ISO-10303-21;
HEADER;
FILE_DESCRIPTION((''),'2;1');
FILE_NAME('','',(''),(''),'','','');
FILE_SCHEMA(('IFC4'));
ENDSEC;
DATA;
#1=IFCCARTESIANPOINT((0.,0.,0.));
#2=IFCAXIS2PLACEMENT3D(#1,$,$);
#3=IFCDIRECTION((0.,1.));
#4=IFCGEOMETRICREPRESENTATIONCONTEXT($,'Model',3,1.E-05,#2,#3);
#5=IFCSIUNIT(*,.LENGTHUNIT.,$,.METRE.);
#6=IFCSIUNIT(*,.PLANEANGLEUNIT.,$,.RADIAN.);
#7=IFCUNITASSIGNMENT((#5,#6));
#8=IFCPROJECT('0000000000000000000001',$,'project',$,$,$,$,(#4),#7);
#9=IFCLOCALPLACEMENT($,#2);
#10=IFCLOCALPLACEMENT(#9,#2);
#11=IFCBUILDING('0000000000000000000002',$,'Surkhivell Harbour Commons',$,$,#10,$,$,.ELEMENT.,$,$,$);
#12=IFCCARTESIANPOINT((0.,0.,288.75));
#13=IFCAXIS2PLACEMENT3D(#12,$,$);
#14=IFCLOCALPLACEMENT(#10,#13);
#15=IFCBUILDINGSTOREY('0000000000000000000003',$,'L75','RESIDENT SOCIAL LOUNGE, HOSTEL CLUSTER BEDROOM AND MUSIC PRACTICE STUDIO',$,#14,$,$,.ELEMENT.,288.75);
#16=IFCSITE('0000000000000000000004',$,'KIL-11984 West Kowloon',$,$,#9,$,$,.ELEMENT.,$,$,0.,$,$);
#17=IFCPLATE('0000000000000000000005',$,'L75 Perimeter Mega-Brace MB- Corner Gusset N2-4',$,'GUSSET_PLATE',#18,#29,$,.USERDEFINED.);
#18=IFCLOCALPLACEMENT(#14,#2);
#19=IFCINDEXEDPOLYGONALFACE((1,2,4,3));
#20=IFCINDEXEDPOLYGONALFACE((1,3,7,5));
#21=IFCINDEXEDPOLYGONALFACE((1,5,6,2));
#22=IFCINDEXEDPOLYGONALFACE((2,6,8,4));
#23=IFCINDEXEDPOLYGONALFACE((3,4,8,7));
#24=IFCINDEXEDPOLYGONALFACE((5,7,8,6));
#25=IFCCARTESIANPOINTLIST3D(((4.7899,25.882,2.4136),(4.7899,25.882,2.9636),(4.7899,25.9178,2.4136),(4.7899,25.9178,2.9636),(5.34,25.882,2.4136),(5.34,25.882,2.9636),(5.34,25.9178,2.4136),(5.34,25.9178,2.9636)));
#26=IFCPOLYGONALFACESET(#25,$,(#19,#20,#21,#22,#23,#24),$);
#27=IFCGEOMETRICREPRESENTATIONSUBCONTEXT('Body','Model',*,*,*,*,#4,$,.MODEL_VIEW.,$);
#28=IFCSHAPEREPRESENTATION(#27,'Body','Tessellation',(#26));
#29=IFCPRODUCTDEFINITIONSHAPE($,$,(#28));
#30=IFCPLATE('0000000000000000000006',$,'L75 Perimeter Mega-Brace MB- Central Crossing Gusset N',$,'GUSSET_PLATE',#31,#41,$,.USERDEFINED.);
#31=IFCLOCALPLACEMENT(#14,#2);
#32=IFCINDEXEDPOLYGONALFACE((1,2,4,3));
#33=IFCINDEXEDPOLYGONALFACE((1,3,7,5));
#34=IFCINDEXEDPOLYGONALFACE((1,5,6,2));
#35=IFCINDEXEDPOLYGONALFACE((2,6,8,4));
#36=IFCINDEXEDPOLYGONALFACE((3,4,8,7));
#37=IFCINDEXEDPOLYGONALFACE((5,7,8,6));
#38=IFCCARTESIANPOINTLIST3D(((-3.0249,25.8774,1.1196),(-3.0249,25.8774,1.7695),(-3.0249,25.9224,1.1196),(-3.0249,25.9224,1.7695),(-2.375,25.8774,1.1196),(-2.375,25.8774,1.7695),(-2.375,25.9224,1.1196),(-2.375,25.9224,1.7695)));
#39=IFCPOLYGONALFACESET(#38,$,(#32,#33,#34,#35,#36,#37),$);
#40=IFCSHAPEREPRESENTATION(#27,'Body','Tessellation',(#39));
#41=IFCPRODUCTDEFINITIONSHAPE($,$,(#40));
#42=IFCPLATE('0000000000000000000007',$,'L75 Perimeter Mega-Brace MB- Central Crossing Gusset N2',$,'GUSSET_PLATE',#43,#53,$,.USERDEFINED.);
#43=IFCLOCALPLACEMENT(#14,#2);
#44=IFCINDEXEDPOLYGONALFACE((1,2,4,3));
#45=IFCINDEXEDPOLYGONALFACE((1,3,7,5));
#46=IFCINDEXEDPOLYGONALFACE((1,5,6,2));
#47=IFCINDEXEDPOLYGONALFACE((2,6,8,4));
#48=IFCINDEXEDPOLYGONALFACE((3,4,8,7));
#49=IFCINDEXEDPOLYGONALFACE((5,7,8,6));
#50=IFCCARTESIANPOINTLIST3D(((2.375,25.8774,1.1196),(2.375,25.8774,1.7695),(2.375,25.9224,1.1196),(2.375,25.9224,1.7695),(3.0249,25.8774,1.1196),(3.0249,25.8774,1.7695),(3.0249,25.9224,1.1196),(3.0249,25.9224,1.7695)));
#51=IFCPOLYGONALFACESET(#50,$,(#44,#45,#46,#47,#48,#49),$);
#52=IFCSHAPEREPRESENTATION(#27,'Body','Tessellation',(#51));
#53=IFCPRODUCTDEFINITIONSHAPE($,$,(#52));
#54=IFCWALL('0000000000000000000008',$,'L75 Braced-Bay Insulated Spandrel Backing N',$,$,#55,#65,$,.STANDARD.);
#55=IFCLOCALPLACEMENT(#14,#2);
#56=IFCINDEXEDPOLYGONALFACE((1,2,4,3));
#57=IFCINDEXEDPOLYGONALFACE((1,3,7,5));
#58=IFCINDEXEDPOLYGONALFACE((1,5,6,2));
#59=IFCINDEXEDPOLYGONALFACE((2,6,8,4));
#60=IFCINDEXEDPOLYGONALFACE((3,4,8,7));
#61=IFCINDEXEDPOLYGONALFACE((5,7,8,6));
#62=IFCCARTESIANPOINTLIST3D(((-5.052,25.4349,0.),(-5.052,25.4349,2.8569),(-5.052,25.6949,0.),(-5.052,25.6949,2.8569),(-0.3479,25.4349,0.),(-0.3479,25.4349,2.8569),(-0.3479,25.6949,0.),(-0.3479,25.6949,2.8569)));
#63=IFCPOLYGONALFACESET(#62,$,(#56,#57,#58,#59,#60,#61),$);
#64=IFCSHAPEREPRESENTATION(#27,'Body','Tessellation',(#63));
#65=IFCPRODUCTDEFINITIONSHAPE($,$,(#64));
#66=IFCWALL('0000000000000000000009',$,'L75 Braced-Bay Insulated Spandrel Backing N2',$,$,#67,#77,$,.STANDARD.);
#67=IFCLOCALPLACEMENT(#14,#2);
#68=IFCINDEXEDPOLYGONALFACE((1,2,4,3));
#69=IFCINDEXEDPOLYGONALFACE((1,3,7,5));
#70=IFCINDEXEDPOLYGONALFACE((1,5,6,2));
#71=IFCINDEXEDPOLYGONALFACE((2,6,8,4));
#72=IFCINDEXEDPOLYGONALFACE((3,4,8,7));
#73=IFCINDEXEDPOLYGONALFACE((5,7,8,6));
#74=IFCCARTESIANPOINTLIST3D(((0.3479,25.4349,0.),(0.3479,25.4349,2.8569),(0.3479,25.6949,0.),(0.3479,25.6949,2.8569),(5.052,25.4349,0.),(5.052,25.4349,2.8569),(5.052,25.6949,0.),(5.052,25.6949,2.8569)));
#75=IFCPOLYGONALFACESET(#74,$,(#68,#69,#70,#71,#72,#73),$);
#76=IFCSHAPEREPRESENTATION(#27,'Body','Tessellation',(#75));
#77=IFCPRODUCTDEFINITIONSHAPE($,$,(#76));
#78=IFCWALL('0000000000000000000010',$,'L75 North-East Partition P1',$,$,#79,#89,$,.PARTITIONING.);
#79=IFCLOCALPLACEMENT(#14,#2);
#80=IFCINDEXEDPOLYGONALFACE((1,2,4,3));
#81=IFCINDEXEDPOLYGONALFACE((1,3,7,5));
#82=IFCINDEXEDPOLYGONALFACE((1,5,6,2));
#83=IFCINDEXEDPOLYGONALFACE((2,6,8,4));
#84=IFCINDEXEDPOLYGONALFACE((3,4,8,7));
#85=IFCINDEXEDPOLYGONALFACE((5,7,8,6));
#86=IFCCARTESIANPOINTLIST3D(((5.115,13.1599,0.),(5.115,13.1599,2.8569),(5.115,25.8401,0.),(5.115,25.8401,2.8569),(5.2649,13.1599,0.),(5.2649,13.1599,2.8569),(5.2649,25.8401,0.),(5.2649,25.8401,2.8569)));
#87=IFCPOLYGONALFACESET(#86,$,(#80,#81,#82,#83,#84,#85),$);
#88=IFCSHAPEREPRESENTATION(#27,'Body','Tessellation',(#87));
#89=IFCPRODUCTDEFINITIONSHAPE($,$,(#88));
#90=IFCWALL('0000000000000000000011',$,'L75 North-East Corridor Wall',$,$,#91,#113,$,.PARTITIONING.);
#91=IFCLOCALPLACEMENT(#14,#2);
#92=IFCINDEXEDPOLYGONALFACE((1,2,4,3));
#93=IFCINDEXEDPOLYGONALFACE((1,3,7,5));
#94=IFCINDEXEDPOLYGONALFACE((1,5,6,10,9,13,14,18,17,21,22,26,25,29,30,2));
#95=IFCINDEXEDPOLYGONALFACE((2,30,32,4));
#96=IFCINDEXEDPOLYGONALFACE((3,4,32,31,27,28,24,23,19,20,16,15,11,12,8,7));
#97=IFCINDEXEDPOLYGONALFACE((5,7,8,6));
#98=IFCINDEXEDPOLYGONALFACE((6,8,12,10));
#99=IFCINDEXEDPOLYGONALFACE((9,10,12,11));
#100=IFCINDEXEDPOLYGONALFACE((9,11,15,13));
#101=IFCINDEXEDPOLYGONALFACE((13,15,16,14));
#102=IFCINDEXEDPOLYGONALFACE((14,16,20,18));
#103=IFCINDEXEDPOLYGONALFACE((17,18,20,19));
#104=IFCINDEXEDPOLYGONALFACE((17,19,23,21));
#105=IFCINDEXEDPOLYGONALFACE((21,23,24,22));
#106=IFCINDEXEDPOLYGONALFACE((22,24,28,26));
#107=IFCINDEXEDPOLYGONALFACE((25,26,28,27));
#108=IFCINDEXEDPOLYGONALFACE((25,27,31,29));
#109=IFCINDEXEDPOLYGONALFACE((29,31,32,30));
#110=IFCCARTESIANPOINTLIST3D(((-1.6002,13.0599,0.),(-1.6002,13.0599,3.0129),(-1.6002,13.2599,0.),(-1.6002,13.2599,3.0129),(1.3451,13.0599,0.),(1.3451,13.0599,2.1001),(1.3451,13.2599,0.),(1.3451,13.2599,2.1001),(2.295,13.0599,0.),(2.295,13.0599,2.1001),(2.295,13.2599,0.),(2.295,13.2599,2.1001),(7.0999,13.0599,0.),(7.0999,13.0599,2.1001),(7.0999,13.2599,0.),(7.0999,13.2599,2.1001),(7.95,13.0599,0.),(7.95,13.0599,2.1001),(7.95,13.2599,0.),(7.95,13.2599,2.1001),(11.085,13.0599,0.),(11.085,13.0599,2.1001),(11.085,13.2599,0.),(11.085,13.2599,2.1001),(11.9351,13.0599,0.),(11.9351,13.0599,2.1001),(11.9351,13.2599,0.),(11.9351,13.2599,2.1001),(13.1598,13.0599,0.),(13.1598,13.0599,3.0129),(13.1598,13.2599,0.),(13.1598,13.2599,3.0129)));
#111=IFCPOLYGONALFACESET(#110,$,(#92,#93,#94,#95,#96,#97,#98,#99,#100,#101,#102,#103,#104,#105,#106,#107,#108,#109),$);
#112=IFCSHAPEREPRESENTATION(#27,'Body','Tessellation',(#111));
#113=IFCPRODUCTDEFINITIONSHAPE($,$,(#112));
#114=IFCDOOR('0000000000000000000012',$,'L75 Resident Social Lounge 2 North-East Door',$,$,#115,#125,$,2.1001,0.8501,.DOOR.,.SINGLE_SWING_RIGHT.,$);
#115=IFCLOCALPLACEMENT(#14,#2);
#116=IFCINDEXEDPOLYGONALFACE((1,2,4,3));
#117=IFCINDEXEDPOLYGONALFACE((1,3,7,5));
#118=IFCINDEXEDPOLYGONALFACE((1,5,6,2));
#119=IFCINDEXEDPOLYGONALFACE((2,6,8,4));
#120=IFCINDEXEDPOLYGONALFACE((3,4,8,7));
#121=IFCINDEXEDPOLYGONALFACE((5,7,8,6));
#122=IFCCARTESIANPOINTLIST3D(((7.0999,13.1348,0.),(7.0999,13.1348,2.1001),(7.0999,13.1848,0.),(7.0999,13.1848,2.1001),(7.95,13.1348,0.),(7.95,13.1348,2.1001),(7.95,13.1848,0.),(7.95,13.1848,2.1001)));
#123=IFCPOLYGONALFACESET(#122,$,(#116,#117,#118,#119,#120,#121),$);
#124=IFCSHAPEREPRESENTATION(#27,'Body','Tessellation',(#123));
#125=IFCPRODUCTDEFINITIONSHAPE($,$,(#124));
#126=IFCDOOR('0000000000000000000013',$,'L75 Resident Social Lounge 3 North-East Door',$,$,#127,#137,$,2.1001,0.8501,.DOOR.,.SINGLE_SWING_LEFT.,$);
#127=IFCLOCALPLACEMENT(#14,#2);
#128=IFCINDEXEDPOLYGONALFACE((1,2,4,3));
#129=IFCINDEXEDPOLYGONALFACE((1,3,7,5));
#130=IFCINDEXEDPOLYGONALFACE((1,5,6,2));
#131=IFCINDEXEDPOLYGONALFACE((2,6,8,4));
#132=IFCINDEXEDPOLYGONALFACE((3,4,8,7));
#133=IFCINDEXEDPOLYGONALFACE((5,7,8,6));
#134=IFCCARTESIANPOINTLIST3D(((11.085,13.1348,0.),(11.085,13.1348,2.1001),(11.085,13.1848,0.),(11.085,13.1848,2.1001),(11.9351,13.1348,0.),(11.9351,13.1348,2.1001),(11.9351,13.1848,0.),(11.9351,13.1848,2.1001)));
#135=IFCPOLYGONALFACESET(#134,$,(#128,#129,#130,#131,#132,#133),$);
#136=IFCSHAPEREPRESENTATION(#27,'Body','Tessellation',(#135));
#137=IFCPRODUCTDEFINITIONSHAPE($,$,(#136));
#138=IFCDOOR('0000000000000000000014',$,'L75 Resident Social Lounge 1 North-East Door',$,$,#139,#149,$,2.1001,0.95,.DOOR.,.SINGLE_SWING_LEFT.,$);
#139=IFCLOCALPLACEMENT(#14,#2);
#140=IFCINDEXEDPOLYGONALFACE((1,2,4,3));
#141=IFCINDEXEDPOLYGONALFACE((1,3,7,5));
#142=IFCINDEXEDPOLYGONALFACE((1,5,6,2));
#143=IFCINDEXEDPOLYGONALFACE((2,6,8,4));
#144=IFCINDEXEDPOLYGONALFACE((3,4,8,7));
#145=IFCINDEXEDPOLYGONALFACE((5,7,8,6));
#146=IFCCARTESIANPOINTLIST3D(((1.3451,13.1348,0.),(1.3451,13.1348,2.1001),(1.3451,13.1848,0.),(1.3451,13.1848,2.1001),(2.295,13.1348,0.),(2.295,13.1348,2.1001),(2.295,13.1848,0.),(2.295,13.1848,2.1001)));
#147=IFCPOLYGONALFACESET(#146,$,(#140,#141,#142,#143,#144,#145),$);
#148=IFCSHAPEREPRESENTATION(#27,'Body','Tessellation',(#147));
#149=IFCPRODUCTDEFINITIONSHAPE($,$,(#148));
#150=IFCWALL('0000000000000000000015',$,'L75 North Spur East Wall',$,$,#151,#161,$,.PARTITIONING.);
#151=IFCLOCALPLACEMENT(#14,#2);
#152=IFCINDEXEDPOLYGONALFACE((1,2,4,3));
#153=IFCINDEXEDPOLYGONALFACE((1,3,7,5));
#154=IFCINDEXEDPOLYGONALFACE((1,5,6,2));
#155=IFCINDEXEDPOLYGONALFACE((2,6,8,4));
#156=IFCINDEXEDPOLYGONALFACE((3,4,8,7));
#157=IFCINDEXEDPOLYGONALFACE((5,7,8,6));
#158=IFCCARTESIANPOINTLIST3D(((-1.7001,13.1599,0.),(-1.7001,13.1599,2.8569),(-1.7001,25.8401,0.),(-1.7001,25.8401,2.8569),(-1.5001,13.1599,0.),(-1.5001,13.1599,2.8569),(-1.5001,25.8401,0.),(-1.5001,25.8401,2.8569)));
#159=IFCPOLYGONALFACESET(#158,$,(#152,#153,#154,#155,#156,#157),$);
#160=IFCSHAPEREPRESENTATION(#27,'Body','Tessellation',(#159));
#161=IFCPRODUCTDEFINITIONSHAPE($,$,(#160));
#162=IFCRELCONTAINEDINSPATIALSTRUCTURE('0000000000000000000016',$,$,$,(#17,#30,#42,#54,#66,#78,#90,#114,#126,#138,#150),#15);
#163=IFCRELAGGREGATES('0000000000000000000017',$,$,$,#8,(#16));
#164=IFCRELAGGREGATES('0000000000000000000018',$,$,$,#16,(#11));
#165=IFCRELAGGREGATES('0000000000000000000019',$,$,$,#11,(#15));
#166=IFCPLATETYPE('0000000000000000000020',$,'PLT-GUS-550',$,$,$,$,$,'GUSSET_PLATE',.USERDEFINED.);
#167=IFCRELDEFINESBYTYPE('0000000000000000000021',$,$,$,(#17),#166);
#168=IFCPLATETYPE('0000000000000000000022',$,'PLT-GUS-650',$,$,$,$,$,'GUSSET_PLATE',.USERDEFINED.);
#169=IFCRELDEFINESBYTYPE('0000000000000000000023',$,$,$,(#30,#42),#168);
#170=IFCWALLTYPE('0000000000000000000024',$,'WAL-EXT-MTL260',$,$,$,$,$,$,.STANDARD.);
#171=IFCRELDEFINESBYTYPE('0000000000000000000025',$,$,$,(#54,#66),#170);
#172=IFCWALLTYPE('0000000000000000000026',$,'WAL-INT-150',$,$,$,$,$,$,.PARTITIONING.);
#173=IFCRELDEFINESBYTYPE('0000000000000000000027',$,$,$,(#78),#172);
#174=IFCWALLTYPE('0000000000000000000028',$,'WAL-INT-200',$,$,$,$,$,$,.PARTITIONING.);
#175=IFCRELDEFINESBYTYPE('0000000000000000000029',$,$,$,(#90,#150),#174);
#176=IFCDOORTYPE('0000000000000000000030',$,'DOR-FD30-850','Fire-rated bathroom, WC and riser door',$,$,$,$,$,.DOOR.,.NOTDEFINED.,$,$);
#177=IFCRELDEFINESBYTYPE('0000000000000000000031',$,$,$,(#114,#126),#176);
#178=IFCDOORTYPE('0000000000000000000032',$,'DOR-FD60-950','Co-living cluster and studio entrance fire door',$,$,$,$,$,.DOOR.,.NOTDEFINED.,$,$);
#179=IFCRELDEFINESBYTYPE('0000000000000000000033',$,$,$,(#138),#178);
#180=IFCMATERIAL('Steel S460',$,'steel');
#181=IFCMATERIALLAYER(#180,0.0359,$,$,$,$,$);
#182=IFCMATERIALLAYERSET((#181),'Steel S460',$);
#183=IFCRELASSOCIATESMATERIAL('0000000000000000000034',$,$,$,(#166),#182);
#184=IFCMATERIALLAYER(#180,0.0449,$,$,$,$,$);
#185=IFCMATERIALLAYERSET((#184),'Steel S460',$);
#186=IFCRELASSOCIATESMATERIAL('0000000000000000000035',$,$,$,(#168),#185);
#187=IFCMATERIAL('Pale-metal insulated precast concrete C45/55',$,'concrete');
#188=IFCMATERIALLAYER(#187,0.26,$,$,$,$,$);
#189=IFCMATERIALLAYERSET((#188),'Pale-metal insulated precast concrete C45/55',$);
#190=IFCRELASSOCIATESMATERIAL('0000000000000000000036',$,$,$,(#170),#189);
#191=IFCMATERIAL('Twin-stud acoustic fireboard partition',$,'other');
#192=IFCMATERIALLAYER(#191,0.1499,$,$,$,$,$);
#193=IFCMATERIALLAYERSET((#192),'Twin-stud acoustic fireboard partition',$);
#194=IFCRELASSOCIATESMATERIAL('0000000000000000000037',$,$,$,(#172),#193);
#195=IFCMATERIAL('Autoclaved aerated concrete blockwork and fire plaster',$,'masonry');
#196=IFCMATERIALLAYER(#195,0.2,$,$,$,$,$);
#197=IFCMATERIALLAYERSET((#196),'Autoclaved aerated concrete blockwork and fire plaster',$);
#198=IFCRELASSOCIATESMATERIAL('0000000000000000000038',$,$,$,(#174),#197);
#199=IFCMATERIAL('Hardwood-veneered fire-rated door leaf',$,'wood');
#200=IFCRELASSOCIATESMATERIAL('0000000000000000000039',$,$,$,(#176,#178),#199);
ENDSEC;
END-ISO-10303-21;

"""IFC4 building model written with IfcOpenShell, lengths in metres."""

from ifc_helpers import new_model, si_unit, direction, frame, frame_2d, origin, origin_2d, place, context, subcontext, project, spatial, rectangle, extrude, material, layer, layer_set, type_object, element, fill, save


model = new_model("IFC4")

# Units and contexts
model_context = context("Model", 3, precision=1e-05, world=origin(), true_north=direction((0.0, 1.0)))
body_context = subcontext(model_context, "Body", "Model", "MODEL_VIEW")
ifc_project = project(units=[si_unit("LENGTHUNIT", "METRE"), si_unit("PLANEANGLEUNIT", "RADIAN")], contexts=[model_context])

# Site, building, storey
site_placement = place(None, origin())
site = spatial("IfcSite", under=ifc_project, at=site_placement, Name="KIL-11984 West Kowloon", CompositionType="ELEMENT", RefElevation=0.0)
building_placement = place(site_placement, origin())
building = spatial("IfcBuilding", under=site, at=building_placement, Name="Surkhivell Harbour Commons", CompositionType="ELEMENT")
storey_placement = place(building_placement, frame((0.0, 0.0, 288.75)))
storey = spatial("IfcBuildingStorey", under=building, at=storey_placement, Name="L75", Description="RESIDENT SOCIAL LOUNGE, HOSTEL CLUSTER BEDROOM AND MUSIC PRACTICE STUDIO", CompositionType="ELEMENT", Elevation=288.75)

# Shared definitions
ifc_material_1 = material(Name="Steel S460", Category="steel")

# Plates
ifc_layer_1 = layer(ifc_material_1, 0.0359)
ifc_layer_set_1 = layer_set([ifc_layer_1], Name="Steel S460")
plate_type_1 = type_object("IfcPlateType", Name="PLT-GUS-550", ElementType="GUSSET_PLATE", PredefinedType="USERDEFINED", material=ifc_layer_set_1)
for number, where, z_axis, x_axis, name in (
    (1, (5.0649, 25.8999, 2.4136), (0.0, 0.0, 1.0), (1.0, 0.0, 0.0), "L75 Perimeter Mega-Brace MB- Corner Gusset N2-4"),
):
    element("IfcPlate", number, at=place(storey_placement, frame(where, z_axis=z_axis, x_axis=x_axis)), inside=storey, type_object=plate_type_1, Name=name, ObjectType="GUSSET_PLATE", PredefinedType="USERDEFINED", context=body_context, shape_type="SweptSolid", body=[
        extrude(rectangle(XDim=0.55, YDim=0.0359, at=origin_2d()), origin(), (0.0, 0.0, 1.0), 0.55),
    ])
ifc_layer_2 = layer(ifc_material_1, 0.0449)
ifc_layer_set_2 = layer_set([ifc_layer_2], Name="Steel S460")
plate_type_2 = type_object("IfcPlateType", Name="PLT-GUS-650", ElementType="GUSSET_PLATE", PredefinedType="USERDEFINED", material=ifc_layer_set_2)
for number, where, z_axis, x_axis, name in (
    (2, (-2.7, 25.8999, 1.1196), (0.0, 0.0, 1.0), (1.0, 0.0, 0.0), "L75 Perimeter Mega-Brace MB- Central Crossing Gusset N"),
    (3, (2.7, 25.8999, 1.1196), (0.0, 0.0, 1.0), (1.0, 0.0, 0.0), "L75 Perimeter Mega-Brace MB- Central Crossing Gusset N2"),
):
    element("IfcPlate", number, at=place(storey_placement, frame(where, z_axis=z_axis, x_axis=x_axis)), inside=storey, type_object=plate_type_2, Name=name, ObjectType="GUSSET_PLATE", PredefinedType="USERDEFINED", context=body_context, shape_type="SweptSolid", body=[
        extrude(rectangle(XDim=0.6499, YDim=0.0449, at=origin_2d()), origin(), (0.0, 0.0, 1.0), 0.6499),
    ])

# Walls
ifc_material_2 = material(Name="Pale-metal insulated precast concrete C45/55", Category="concrete")
ifc_layer_3 = layer(ifc_material_2, 0.26)
ifc_layer_set_3 = layer_set([ifc_layer_3], Name="Pale-metal insulated precast concrete C45/55")
wall_type_1 = type_object("IfcWallType", Name="WAL-EXT-MTL260", PredefinedType="STANDARD", material=ifc_layer_set_3)
for number, where, z_axis, x_axis, name in (
    (4, (-0.3479, 25.5649, 0.0), (0.0, 0.0, 1.0), (-1.0, 0.0, 0.0), "L75 Braced-Bay Insulated Spandrel Backing N"),
    (5, (5.052, 25.5649, 0.0), (0.0, 0.0, 1.0), (-1.0, 0.0, 0.0), "L75 Braced-Bay Insulated Spandrel Backing N2"),
):
    element("IfcWall", number, at=place(storey_placement, frame(where, z_axis=z_axis, x_axis=x_axis)), inside=storey, type_object=wall_type_1, Name=name, PredefinedType="STANDARD", context=body_context, shape_type="SweptSolid", body=[
        extrude(rectangle(XDim=4.7041, YDim=0.26, at=frame_2d((2.3521, 0.0))), origin(), (0.0, 0.0, 1.0), 2.8569),
    ])
ifc_material_3 = material(Name="Twin-stud acoustic fireboard partition", Category="other")
ifc_layer_4 = layer(ifc_material_3, 0.1499)
ifc_layer_set_4 = layer_set([ifc_layer_4], Name="Twin-stud acoustic fireboard partition")
wall_type_2 = type_object("IfcWallType", Name="WAL-INT-150", PredefinedType="PARTITIONING", material=ifc_layer_set_4)
wall_1_placement = place(storey_placement, frame((5.1899, 13.1599, 0.0), z_axis=(0.0, 0.0, 1.0), x_axis=(0.0, 1.0, 0.0)))
element("IfcWall", 6, at=wall_1_placement, inside=storey, type_object=wall_type_2, Name="L75 North-East Partition P1", PredefinedType="PARTITIONING", context=body_context, shape_type="SweptSolid", body=[
    extrude(rectangle(XDim=12.6802, YDim=0.1499, at=frame_2d((6.3401, 0.0))), origin(), (0.0, 0.0, 1.0), 2.8569),
])

# Wall, openings, doors
ifc_material_4 = material(Name="Autoclaved aerated concrete blockwork and fire plaster", Category="masonry")
ifc_layer_5 = layer(ifc_material_4, 0.2)
ifc_layer_set_5 = layer_set([ifc_layer_5], Name="Autoclaved aerated concrete blockwork and fire plaster")
wall_type_3 = type_object("IfcWallType", Name="WAL-INT-200", PredefinedType="PARTITIONING", material=ifc_layer_set_5)
wall_2_placement = place(storey_placement, frame((-1.6001, 13.1599, 0.0), z_axis=(0.0, 0.0, 1.0), x_axis=(1.0, 0.0, 0.0)))
wall_2 = element("IfcWall", 7, at=wall_2_placement, inside=storey, type_object=wall_type_3, Name="L75 North-East Corridor Wall", PredefinedType="PARTITIONING", context=body_context, shape_type="SweptSolid", body=[
    extrude(rectangle(XDim=14.76, YDim=0.2, at=frame_2d((7.3799, 0.0))), origin(), (0.0, 0.0, 1.0), 3.0129),
])
opening_1_placement = place(wall_2_placement, frame((2.9451, 0.0, 0.0)))
opening_1 = element("IfcOpeningElement", 8, at=opening_1_placement, cuts=wall_2, PredefinedType="OPENING", context=body_context, shape_type="SweptSolid", body=[
    extrude(rectangle(XDim=0.95, YDim=2.1001, at=frame_2d((0.4751, 1.05))), frame((0.0, 0.1099, 0.0), z_axis=(0.0, -1.0, 0.0), x_axis=(1.0, 0.0, 0.0)), (0.0, 0.0, 1.0), 0.22),
])
opening_2_placement = place(wall_2_placement, frame((8.7, 0.0, 0.0)))
opening_2 = element("IfcOpeningElement", 9, at=opening_2_placement, cuts=wall_2, PredefinedType="OPENING", context=body_context, shape_type="SweptSolid", body=[
    extrude(rectangle(XDim=0.8501, YDim=2.1001, at=frame_2d((0.425, 1.05))), frame((0.0, 0.1099, 0.0), z_axis=(0.0, -1.0, 0.0), x_axis=(1.0, 0.0, 0.0)), (0.0, 0.0, 1.0), 0.22),
])
opening_3_placement = place(wall_2_placement, frame((12.6851, 0.0, 0.0)))
opening_3 = element("IfcOpeningElement", 10, at=opening_3_placement, cuts=wall_2, PredefinedType="OPENING", context=body_context, shape_type="SweptSolid", body=[
    extrude(rectangle(XDim=0.8501, YDim=2.1001, at=frame_2d((0.425, 1.05))), frame((0.0, 0.1099, 0.0), z_axis=(0.0, -1.0, 0.0), x_axis=(1.0, 0.0, 0.0)), (0.0, 0.0, 1.0), 0.22),
])
ifc_material_5 = material(Name="Hardwood-veneered fire-rated door leaf", Category="wood")
door_type_1 = type_object("IfcDoorType", Name="DOR-FD30-850", Description="Fire-rated bathroom, WC and riser door", OperationType="NOTDEFINED", PredefinedType="DOOR", material=ifc_material_5)
door_1_placement = place(opening_2_placement, origin())
door_1 = element("IfcDoor", 11, at=door_1_placement, inside=storey, type_object=door_type_1, Name="L75 Resident Social Lounge 2 North-East Door", OperationType="SINGLE_SWING_RIGHT", OverallHeight=2.1001, OverallWidth=0.8501, PredefinedType="DOOR", context=body_context, shape_type="SweptSolid", body=[
    extrude(rectangle(XDim=0.8501, YDim=2.1001, at=frame_2d((0.425, 1.05))), frame((0.0, 0.0249, 0.0), z_axis=(0.0, -1.0, 0.0), x_axis=(1.0, 0.0, 0.0)), (0.0, 0.0, 1.0), 0.05),
])
fill(opening_2, door_1)
door_2_placement = place(opening_3_placement, origin())
door_2 = element("IfcDoor", 12, at=door_2_placement, inside=storey, type_object=door_type_1, Name="L75 Resident Social Lounge 3 North-East Door", OperationType="SINGLE_SWING_LEFT", OverallHeight=2.1001, OverallWidth=0.8501, PredefinedType="DOOR", context=body_context, shape_type="SweptSolid", body=[
    extrude(rectangle(XDim=0.8501, YDim=2.1001, at=frame_2d((0.425, 1.05))), frame((0.0, 0.0249, 0.0), z_axis=(0.0, -1.0, 0.0), x_axis=(1.0, 0.0, 0.0)), (0.0, 0.0, 1.0), 0.05),
])
fill(opening_3, door_2)
door_type_2 = type_object("IfcDoorType", Name="DOR-FD60-950", Description="Co-living cluster and studio entrance fire door", OperationType="NOTDEFINED", PredefinedType="DOOR", material=ifc_material_5)
door_3_placement = place(opening_1_placement, origin())
door_3 = element("IfcDoor", 13, at=door_3_placement, inside=storey, type_object=door_type_2, Name="L75 Resident Social Lounge 1 North-East Door", OperationType="SINGLE_SWING_LEFT", OverallHeight=2.1001, OverallWidth=0.95, PredefinedType="DOOR", context=body_context, shape_type="SweptSolid", body=[
    extrude(rectangle(XDim=0.95, YDim=2.1001, at=frame_2d((0.4751, 1.05))), frame((0.0, 0.0249, 0.0), z_axis=(0.0, -1.0, 0.0), x_axis=(1.0, 0.0, 0.0)), (0.0, 0.0, 1.0), 0.05),
])
fill(opening_1, door_3)

# Wall
wall_3_placement = place(storey_placement, frame((-1.6001, 13.1599, 0.0), z_axis=(0.0, 0.0, 1.0), x_axis=(0.0, 1.0, 0.0)))
element("IfcWall", 14, at=wall_3_placement, inside=storey, type_object=wall_type_3, Name="L75 North Spur East Wall", PredefinedType="PARTITIONING", context=body_context, shape_type="SweptSolid", body=[
    extrude(rectangle(XDim=12.6802, YDim=0.2, at=frame_2d((6.3401, 0.0))), origin(), (0.0, 0.0, 1.0), 2.8569),
])

save(model, "model.ifc")
